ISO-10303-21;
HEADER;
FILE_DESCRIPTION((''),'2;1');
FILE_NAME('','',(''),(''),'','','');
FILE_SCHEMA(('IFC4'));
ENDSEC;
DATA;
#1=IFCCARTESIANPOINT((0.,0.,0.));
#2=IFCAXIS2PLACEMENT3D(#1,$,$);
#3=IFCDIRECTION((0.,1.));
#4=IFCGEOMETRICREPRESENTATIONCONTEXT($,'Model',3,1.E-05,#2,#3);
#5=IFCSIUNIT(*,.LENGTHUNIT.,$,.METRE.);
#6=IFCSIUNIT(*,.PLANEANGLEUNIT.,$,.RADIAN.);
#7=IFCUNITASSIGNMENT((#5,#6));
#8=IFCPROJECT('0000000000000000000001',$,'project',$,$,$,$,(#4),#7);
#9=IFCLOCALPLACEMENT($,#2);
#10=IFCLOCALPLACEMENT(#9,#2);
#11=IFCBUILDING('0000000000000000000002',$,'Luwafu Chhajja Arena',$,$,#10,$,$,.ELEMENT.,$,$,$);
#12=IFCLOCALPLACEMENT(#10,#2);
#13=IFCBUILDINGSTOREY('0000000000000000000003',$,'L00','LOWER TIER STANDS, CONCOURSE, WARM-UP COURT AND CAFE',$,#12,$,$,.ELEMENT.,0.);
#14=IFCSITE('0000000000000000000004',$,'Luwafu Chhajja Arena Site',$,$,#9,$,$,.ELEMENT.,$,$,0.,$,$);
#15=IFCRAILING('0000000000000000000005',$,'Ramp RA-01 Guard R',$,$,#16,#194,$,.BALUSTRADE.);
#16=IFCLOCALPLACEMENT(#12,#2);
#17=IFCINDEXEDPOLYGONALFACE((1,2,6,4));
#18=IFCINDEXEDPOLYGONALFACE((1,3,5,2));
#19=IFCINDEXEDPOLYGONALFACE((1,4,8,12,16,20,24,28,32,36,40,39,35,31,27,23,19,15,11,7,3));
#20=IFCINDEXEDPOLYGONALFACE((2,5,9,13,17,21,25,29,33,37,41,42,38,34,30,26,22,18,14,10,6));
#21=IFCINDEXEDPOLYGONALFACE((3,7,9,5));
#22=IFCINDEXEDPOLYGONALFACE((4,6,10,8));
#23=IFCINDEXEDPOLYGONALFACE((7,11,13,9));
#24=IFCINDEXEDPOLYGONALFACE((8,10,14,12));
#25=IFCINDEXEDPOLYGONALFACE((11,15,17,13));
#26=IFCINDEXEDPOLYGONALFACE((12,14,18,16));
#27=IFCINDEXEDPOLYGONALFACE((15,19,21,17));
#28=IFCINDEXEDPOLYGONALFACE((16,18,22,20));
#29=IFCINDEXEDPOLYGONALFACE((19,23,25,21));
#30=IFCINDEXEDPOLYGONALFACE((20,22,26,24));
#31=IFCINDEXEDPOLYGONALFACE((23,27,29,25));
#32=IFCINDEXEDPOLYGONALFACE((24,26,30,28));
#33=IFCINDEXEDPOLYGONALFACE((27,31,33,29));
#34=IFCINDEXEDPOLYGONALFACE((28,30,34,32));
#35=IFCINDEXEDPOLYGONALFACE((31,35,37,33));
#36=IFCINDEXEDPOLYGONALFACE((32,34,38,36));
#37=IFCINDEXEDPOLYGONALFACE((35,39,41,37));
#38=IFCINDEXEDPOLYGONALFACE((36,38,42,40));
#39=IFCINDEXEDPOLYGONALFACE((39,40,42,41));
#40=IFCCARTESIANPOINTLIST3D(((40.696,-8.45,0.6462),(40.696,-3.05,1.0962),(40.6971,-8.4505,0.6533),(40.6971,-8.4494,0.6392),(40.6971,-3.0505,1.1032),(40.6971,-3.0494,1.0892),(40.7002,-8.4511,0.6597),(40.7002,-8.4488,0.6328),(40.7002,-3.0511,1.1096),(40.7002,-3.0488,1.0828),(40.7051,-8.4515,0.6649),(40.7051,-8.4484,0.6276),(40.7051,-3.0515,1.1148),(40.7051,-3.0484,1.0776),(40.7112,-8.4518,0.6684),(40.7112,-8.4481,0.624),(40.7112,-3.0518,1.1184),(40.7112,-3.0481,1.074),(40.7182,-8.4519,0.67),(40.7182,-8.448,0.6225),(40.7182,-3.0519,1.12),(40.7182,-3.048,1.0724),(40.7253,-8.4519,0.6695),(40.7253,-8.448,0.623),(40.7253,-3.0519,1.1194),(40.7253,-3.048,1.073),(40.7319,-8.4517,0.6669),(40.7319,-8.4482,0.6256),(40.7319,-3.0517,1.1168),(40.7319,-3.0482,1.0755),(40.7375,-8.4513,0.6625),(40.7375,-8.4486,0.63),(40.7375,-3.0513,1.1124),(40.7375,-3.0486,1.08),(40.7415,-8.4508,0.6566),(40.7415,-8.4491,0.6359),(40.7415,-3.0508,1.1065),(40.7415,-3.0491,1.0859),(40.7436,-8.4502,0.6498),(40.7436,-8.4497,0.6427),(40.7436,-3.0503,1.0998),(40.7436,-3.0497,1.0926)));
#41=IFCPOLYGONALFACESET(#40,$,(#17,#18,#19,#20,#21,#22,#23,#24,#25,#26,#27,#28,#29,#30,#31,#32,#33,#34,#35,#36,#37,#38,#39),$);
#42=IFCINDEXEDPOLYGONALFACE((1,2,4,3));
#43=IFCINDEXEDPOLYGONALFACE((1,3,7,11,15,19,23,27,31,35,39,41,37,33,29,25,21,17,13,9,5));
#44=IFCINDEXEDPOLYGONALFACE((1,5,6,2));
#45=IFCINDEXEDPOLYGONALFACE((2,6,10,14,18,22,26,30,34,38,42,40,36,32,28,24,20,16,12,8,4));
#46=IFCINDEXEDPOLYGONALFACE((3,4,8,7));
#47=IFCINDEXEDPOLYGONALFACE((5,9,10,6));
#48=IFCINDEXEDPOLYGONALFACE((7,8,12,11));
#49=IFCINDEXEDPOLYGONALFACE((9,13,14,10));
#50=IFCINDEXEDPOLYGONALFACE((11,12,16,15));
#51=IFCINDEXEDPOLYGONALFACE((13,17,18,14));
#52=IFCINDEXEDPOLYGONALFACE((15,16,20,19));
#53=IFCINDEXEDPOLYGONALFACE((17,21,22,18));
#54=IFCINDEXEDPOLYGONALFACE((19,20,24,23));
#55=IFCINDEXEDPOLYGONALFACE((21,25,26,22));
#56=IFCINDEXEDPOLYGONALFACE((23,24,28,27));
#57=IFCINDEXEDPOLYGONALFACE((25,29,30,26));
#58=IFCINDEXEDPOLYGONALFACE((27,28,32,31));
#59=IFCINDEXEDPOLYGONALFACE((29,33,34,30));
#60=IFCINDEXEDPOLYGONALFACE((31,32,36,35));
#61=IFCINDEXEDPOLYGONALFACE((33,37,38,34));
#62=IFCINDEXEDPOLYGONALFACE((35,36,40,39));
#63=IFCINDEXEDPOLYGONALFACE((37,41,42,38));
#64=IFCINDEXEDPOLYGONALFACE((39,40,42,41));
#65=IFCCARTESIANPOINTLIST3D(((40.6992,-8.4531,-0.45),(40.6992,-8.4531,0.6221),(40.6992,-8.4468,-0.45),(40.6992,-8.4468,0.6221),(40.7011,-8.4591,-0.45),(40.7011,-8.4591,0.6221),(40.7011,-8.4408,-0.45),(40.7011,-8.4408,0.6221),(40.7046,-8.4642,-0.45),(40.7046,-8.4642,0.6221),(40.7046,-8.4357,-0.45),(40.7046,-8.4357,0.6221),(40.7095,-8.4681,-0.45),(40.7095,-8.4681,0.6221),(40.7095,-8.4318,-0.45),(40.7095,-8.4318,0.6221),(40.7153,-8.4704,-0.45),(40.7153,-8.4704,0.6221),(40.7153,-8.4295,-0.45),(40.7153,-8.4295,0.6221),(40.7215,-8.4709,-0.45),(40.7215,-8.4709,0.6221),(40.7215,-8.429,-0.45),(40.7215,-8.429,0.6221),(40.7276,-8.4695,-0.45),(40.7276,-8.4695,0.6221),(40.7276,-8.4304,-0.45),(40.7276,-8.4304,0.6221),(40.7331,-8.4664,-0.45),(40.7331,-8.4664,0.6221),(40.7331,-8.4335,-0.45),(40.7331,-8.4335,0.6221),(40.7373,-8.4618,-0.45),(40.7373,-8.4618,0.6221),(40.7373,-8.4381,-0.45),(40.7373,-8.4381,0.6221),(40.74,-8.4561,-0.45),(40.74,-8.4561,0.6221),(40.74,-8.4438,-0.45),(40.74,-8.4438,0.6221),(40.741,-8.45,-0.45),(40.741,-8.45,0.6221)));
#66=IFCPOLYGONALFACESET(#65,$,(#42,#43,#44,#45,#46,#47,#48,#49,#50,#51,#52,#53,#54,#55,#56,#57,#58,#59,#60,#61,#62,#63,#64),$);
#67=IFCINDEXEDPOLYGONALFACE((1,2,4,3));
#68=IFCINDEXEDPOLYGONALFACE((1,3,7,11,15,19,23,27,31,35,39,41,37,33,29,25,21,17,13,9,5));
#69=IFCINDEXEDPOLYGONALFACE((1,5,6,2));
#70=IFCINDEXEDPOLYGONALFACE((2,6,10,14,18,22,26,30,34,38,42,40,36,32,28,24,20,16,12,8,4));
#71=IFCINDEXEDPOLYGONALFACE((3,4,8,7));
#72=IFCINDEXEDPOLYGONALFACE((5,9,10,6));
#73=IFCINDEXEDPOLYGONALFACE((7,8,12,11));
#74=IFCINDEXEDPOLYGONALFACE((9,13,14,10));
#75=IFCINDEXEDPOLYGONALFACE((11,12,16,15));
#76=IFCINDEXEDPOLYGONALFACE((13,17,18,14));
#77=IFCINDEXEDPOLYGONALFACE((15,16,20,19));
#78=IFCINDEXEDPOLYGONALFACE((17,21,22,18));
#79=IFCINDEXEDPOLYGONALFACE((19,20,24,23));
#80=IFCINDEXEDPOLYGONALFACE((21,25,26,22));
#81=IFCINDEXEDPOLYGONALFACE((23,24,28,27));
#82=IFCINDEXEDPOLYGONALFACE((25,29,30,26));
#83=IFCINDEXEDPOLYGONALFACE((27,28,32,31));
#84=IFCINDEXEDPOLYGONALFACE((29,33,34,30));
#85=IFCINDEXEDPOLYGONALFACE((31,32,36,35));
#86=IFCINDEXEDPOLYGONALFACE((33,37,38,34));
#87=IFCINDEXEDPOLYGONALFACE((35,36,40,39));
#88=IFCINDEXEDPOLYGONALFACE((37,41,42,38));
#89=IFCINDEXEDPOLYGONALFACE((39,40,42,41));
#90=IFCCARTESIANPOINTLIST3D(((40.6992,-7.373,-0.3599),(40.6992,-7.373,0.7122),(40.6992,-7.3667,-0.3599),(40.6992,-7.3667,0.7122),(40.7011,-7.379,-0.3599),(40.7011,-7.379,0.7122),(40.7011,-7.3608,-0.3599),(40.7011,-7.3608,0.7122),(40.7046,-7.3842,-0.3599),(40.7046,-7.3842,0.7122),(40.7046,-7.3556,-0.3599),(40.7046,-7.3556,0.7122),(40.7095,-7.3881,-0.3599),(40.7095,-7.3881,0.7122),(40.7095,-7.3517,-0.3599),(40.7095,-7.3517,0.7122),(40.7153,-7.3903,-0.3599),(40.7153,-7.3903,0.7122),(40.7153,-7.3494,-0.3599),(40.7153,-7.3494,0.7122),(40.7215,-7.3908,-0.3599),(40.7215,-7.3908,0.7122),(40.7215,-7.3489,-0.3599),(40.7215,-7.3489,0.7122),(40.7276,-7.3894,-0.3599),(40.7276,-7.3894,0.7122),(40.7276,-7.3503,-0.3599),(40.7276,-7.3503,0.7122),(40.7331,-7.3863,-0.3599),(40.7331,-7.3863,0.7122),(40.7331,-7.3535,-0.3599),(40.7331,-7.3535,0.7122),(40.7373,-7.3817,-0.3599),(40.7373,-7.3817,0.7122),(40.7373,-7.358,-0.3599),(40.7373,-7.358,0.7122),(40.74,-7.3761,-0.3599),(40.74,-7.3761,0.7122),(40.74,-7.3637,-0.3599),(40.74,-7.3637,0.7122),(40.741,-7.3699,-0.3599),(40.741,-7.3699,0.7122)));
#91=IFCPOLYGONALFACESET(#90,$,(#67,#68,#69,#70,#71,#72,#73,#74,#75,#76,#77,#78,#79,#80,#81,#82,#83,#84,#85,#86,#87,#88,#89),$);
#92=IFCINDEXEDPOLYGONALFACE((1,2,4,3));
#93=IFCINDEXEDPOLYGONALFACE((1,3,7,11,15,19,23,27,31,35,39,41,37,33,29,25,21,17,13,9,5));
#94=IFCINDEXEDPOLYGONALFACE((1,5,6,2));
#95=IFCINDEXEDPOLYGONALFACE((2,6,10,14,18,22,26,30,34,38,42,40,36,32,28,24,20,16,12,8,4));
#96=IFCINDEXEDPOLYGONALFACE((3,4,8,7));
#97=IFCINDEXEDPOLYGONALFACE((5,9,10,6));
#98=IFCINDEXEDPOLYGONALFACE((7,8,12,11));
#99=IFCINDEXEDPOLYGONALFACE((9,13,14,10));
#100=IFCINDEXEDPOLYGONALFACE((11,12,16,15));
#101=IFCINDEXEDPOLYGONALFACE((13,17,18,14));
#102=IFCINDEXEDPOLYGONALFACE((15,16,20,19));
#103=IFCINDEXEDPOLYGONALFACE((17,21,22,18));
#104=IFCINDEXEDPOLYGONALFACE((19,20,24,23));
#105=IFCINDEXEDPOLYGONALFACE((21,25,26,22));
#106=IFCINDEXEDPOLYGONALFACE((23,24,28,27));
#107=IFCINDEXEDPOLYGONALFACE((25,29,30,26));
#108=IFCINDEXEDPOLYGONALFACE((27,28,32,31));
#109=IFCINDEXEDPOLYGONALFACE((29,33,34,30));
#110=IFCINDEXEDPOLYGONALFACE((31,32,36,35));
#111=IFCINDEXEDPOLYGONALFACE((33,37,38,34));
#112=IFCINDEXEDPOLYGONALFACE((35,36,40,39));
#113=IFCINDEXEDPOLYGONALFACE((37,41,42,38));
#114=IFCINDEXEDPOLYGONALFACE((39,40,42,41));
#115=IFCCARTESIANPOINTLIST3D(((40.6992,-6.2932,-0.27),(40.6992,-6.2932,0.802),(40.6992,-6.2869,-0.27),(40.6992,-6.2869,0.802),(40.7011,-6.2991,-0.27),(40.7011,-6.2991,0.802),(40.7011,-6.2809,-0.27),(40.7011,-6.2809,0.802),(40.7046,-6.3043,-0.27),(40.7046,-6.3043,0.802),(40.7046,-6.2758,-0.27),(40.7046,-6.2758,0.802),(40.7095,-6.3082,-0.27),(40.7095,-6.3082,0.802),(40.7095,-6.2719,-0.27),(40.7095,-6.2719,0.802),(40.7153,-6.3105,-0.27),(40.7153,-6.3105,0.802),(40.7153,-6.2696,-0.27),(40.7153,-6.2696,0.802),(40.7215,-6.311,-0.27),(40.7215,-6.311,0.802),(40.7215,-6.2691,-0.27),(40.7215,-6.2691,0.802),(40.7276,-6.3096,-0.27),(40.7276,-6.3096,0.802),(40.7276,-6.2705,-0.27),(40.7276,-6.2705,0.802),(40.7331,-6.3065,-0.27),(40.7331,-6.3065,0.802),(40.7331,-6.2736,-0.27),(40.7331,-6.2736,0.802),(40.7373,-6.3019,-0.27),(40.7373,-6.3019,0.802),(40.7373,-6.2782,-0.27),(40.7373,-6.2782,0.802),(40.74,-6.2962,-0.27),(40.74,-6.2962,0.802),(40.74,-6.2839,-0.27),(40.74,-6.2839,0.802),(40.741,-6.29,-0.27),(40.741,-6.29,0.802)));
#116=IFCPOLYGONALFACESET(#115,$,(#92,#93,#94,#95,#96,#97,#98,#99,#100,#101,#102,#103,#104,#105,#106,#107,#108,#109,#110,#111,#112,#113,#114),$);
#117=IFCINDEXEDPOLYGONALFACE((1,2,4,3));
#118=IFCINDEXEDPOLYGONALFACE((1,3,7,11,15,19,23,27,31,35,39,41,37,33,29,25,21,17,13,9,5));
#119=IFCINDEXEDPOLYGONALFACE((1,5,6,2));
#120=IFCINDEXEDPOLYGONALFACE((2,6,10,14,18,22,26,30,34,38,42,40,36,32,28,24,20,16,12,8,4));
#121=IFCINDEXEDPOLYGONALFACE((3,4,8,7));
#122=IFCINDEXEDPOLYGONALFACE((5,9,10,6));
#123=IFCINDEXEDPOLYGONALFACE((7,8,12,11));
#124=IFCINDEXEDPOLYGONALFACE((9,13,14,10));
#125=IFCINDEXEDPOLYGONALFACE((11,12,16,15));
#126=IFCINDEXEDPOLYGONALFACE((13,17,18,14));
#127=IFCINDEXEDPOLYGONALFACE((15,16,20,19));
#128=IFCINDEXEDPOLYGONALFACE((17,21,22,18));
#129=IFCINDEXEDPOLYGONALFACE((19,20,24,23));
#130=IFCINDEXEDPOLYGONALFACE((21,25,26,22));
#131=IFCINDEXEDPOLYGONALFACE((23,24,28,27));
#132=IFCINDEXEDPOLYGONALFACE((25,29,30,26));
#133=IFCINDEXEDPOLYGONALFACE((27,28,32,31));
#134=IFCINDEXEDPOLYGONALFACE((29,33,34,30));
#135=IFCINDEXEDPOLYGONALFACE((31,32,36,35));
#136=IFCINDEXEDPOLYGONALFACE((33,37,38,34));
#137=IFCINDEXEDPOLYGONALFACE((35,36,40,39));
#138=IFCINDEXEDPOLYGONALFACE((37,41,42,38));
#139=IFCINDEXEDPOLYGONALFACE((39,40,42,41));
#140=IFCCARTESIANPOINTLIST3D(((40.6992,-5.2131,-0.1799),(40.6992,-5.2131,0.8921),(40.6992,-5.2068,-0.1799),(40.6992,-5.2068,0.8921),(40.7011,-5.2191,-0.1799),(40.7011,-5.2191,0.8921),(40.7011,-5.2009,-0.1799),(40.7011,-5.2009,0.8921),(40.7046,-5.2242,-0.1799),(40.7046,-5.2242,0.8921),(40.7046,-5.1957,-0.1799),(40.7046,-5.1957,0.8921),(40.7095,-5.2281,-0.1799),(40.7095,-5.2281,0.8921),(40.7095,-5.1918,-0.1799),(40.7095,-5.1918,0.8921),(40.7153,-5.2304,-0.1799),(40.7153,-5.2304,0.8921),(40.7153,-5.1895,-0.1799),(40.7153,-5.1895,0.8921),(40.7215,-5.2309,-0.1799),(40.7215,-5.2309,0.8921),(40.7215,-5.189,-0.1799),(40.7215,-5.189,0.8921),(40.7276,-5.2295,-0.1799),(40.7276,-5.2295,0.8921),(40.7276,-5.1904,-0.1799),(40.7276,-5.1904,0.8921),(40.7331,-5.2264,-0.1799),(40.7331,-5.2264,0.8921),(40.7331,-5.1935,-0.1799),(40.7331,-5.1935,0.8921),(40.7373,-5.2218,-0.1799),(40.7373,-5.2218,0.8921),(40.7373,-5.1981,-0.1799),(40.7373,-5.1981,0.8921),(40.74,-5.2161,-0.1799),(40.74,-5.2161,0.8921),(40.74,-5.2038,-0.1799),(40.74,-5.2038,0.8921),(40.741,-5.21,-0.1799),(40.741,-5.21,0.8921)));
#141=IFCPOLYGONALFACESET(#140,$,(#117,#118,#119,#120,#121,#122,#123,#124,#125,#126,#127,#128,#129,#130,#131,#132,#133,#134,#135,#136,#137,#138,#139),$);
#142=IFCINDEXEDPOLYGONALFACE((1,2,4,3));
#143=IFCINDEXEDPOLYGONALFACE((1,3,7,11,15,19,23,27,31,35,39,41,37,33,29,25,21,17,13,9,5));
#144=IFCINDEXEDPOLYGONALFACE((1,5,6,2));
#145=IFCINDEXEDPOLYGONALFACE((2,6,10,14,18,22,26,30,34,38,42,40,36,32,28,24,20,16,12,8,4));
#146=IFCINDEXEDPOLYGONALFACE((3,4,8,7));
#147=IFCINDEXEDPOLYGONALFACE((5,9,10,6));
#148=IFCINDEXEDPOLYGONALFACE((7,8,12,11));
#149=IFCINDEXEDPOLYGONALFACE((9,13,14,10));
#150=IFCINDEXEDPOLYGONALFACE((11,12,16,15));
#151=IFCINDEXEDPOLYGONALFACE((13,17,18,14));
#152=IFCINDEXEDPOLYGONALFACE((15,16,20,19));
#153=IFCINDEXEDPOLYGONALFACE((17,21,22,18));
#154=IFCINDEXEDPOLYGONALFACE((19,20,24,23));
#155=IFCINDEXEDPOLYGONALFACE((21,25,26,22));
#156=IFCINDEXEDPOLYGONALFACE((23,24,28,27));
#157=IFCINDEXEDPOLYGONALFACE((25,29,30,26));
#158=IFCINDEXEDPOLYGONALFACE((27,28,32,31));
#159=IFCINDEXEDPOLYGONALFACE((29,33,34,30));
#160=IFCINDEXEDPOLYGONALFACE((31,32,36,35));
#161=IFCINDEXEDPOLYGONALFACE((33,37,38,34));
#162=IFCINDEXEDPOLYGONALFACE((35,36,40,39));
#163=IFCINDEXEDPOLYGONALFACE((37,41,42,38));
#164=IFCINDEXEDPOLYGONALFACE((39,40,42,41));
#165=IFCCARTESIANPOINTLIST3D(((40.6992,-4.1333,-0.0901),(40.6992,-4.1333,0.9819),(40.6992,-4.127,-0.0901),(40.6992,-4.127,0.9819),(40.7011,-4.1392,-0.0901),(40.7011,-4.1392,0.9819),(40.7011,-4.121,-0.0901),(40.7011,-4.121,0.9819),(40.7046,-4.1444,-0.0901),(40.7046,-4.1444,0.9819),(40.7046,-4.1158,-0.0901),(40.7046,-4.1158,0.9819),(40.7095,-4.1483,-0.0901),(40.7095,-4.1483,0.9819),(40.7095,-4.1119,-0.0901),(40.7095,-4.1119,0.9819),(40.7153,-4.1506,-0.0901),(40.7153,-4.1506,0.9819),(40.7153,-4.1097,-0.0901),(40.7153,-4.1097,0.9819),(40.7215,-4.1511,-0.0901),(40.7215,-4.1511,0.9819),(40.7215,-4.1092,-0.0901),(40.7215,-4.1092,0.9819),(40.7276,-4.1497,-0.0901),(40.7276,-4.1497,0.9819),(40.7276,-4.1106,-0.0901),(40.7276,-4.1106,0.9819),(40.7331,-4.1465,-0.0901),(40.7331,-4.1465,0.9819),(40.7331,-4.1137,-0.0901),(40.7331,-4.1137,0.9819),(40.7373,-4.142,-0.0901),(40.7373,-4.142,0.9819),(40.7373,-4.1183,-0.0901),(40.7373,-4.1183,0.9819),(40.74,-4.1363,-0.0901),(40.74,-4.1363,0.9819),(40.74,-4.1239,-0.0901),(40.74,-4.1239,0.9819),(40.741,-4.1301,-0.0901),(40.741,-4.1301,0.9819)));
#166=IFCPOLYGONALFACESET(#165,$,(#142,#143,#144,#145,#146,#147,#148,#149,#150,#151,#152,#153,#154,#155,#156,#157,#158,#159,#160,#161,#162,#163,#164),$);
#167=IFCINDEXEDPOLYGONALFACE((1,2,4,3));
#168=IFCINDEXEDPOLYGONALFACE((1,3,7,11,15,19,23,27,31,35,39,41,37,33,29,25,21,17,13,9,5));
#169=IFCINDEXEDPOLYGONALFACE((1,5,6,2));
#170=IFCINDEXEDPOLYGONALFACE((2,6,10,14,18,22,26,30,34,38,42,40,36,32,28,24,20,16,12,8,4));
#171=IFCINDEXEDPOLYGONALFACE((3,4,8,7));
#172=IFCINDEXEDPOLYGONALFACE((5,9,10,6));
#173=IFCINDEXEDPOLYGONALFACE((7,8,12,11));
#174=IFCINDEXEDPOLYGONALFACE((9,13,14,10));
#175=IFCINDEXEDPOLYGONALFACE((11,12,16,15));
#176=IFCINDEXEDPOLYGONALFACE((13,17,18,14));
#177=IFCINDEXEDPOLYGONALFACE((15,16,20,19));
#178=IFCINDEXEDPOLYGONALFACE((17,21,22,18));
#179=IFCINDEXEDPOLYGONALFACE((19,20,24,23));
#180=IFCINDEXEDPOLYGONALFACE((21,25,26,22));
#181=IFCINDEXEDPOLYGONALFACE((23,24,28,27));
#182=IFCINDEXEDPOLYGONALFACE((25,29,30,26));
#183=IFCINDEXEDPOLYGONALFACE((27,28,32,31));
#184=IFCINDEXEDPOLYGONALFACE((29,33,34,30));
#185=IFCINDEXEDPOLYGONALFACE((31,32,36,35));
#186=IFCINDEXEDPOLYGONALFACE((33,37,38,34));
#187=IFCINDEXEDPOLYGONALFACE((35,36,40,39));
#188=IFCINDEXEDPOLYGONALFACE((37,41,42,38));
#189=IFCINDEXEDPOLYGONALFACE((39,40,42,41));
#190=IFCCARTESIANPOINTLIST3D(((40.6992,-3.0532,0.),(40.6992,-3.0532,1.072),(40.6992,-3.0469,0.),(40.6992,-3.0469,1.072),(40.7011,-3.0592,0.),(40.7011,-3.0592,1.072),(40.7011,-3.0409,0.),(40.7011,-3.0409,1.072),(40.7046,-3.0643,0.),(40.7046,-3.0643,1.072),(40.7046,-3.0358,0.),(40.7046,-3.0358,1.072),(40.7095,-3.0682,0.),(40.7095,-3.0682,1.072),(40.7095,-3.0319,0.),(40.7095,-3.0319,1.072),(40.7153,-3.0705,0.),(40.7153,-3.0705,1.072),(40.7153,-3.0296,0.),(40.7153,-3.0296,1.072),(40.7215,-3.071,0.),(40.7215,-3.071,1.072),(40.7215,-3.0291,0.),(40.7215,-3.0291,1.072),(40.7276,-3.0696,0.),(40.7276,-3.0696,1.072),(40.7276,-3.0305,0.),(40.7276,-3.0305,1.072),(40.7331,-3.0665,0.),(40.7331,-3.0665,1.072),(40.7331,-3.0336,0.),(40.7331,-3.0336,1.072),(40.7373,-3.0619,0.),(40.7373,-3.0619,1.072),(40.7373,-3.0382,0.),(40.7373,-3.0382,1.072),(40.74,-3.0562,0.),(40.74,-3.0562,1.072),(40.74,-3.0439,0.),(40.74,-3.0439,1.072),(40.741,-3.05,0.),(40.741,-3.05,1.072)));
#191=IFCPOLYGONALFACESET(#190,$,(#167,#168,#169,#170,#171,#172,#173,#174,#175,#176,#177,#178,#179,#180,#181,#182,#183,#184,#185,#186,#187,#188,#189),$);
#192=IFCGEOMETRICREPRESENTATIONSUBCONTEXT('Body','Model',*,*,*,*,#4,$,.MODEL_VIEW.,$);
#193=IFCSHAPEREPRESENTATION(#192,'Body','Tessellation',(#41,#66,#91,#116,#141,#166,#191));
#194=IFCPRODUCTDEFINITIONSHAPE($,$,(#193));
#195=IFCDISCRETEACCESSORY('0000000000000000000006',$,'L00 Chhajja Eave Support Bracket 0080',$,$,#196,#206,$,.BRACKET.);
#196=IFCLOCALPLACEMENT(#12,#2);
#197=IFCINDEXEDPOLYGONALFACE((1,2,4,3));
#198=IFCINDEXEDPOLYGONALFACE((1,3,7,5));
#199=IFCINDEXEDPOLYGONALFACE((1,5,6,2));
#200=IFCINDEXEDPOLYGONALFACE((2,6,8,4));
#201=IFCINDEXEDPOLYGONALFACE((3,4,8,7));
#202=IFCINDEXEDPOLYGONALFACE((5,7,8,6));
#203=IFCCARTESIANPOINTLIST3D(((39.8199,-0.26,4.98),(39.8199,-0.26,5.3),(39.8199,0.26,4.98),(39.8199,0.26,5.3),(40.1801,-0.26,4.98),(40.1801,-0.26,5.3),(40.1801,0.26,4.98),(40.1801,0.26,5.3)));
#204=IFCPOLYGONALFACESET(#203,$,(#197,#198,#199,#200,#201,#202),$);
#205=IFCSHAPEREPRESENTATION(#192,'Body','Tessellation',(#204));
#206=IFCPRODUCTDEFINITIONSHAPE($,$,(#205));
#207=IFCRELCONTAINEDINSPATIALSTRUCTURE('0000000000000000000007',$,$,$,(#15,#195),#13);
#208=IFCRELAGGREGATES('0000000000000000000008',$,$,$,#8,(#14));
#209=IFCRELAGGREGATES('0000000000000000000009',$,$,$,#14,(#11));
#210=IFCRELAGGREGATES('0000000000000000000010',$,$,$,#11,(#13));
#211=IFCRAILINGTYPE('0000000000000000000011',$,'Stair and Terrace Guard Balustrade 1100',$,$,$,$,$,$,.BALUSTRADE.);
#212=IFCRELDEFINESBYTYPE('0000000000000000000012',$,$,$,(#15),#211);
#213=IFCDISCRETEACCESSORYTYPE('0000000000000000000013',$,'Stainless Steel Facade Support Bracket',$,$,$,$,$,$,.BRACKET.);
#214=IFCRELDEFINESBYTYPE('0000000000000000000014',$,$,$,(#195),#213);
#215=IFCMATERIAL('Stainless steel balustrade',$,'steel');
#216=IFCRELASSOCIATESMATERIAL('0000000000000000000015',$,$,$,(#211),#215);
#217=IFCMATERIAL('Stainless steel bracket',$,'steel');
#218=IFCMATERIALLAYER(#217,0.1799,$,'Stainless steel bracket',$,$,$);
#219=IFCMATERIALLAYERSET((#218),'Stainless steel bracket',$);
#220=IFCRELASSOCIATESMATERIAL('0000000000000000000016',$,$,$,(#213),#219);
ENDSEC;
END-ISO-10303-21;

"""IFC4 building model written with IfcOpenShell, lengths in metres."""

from ifc_helpers import new_model, si_unit, direction, frame, origin, origin_2d, place, context, subcontext, project, spatial, rectangle, circle, extrude, material, layer, layer_set, type_object, element, save


model = new_model("IFC4")

# Units and contexts
model_context = context("Model", 3, precision=1e-05, world=origin(), true_north=direction((0.0, 1.0)))
body_context = subcontext(model_context, "Body", "Model", "MODEL_VIEW")
ifc_project = project(units=[si_unit("LENGTHUNIT", "METRE"), si_unit("PLANEANGLEUNIT", "RADIAN")], contexts=[model_context])

# Site, building, storey
site_placement = place(None, origin())
site = spatial("IfcSite", under=ifc_project, at=site_placement, Name="Luwafu Chhajja Arena Site", CompositionType="ELEMENT", RefElevation=0.0)
building_placement = place(site_placement, origin())
building = spatial("IfcBuilding", under=site, at=building_placement, Name="Luwafu Chhajja Arena", CompositionType="ELEMENT")
storey_placement = place(building_placement, origin())
storey = spatial("IfcBuildingStorey", under=building, at=storey_placement, Name="L00", Description="LOWER TIER STANDS, CONCOURSE, WARM-UP COURT AND CAFE", CompositionType="ELEMENT", Elevation=0.0)

# Railing
ifc_material_1 = material(Name="Stainless steel balustrade", Category="steel")
railing_type = type_object("IfcRailingType", Name="Stair and Terrace Guard Balustrade 1100", PredefinedType="BALUSTRADE", material=ifc_material_1)
for number, where, name in (
    (1, (40.72, -8.45, -0.45), "Ramp RA-01 Guard R"),
):
    element("IfcRailing", number, at=place(storey_placement, frame(where)), inside=storey, type_object=railing_type, Name=name, PredefinedType="BALUSTRADE", context=body_context, shape_type="SweptSolid", body=[
        extrude(circle(Radius=0.0239, at=origin_2d()), frame((0.0, 0.0, 1.0962), z_axis=(0.0, 0.996546, 0.083038), x_axis=(-1.0, 0.0, 0.0)), (0.0, 0.0, 1.0), 5.4187),
        extrude(circle(Radius=0.021, at=origin_2d()), origin(), (0.0, 0.0, 1.0), 1.072),
        extrude(circle(Radius=0.021, at=origin_2d()), frame((0.0, 1.0801, 0.0901)), (0.0, 0.0, 1.0), 1.072),
        extrude(circle(Radius=0.021, at=origin_2d()), frame((0.0, 2.1599, 0.1799)), (0.0, 0.0, 1.0), 1.072),
        extrude(circle(Radius=0.021, at=origin_2d()), frame((0.0, 3.24, 0.27)), (0.0, 0.0, 1.0), 1.072),
        extrude(circle(Radius=0.021, at=origin_2d()), frame((0.0, 4.3198, 0.3599)), (0.0, 0.0, 1.0), 1.072),
        extrude(circle(Radius=0.021, at=origin_2d()), frame((0.0, 5.3999, 0.45)), (0.0, 0.0, 1.0), 1.072),
    ])

# Discrete accessory
ifc_material_2 = material(Name="Stainless steel bracket", Category="steel")
ifc_layer_1 = layer(ifc_material_2, 0.1799, Name="Stainless steel bracket")
ifc_layer_set_1 = layer_set([ifc_layer_1], Name="Stainless steel bracket")
discrete_accessory_type = type_object("IfcDiscreteAccessoryType", Name="Stainless Steel Facade Support Bracket", PredefinedType="BRACKET", material=ifc_layer_set_1)
discrete_accessory_placement = place(storey_placement, frame((40.0, 0.0, 4.98), z_axis=(0.0, 0.0, 1.0), x_axis=(1.0, 0.0, 0.0)))
element("IfcDiscreteAccessory", 2, at=discrete_accessory_placement, inside=storey, type_object=discrete_accessory_type, Name="L00 Chhajja Eave Support Bracket 0080", PredefinedType="BRACKET", context=body_context, shape_type="SweptSolid", body=[
    extrude(rectangle(XDim=0.3601, YDim=0.52, at=origin_2d()), origin(), (0.0, 0.0, 1.0), 0.3201),
])

save(model, "model.ifc")
